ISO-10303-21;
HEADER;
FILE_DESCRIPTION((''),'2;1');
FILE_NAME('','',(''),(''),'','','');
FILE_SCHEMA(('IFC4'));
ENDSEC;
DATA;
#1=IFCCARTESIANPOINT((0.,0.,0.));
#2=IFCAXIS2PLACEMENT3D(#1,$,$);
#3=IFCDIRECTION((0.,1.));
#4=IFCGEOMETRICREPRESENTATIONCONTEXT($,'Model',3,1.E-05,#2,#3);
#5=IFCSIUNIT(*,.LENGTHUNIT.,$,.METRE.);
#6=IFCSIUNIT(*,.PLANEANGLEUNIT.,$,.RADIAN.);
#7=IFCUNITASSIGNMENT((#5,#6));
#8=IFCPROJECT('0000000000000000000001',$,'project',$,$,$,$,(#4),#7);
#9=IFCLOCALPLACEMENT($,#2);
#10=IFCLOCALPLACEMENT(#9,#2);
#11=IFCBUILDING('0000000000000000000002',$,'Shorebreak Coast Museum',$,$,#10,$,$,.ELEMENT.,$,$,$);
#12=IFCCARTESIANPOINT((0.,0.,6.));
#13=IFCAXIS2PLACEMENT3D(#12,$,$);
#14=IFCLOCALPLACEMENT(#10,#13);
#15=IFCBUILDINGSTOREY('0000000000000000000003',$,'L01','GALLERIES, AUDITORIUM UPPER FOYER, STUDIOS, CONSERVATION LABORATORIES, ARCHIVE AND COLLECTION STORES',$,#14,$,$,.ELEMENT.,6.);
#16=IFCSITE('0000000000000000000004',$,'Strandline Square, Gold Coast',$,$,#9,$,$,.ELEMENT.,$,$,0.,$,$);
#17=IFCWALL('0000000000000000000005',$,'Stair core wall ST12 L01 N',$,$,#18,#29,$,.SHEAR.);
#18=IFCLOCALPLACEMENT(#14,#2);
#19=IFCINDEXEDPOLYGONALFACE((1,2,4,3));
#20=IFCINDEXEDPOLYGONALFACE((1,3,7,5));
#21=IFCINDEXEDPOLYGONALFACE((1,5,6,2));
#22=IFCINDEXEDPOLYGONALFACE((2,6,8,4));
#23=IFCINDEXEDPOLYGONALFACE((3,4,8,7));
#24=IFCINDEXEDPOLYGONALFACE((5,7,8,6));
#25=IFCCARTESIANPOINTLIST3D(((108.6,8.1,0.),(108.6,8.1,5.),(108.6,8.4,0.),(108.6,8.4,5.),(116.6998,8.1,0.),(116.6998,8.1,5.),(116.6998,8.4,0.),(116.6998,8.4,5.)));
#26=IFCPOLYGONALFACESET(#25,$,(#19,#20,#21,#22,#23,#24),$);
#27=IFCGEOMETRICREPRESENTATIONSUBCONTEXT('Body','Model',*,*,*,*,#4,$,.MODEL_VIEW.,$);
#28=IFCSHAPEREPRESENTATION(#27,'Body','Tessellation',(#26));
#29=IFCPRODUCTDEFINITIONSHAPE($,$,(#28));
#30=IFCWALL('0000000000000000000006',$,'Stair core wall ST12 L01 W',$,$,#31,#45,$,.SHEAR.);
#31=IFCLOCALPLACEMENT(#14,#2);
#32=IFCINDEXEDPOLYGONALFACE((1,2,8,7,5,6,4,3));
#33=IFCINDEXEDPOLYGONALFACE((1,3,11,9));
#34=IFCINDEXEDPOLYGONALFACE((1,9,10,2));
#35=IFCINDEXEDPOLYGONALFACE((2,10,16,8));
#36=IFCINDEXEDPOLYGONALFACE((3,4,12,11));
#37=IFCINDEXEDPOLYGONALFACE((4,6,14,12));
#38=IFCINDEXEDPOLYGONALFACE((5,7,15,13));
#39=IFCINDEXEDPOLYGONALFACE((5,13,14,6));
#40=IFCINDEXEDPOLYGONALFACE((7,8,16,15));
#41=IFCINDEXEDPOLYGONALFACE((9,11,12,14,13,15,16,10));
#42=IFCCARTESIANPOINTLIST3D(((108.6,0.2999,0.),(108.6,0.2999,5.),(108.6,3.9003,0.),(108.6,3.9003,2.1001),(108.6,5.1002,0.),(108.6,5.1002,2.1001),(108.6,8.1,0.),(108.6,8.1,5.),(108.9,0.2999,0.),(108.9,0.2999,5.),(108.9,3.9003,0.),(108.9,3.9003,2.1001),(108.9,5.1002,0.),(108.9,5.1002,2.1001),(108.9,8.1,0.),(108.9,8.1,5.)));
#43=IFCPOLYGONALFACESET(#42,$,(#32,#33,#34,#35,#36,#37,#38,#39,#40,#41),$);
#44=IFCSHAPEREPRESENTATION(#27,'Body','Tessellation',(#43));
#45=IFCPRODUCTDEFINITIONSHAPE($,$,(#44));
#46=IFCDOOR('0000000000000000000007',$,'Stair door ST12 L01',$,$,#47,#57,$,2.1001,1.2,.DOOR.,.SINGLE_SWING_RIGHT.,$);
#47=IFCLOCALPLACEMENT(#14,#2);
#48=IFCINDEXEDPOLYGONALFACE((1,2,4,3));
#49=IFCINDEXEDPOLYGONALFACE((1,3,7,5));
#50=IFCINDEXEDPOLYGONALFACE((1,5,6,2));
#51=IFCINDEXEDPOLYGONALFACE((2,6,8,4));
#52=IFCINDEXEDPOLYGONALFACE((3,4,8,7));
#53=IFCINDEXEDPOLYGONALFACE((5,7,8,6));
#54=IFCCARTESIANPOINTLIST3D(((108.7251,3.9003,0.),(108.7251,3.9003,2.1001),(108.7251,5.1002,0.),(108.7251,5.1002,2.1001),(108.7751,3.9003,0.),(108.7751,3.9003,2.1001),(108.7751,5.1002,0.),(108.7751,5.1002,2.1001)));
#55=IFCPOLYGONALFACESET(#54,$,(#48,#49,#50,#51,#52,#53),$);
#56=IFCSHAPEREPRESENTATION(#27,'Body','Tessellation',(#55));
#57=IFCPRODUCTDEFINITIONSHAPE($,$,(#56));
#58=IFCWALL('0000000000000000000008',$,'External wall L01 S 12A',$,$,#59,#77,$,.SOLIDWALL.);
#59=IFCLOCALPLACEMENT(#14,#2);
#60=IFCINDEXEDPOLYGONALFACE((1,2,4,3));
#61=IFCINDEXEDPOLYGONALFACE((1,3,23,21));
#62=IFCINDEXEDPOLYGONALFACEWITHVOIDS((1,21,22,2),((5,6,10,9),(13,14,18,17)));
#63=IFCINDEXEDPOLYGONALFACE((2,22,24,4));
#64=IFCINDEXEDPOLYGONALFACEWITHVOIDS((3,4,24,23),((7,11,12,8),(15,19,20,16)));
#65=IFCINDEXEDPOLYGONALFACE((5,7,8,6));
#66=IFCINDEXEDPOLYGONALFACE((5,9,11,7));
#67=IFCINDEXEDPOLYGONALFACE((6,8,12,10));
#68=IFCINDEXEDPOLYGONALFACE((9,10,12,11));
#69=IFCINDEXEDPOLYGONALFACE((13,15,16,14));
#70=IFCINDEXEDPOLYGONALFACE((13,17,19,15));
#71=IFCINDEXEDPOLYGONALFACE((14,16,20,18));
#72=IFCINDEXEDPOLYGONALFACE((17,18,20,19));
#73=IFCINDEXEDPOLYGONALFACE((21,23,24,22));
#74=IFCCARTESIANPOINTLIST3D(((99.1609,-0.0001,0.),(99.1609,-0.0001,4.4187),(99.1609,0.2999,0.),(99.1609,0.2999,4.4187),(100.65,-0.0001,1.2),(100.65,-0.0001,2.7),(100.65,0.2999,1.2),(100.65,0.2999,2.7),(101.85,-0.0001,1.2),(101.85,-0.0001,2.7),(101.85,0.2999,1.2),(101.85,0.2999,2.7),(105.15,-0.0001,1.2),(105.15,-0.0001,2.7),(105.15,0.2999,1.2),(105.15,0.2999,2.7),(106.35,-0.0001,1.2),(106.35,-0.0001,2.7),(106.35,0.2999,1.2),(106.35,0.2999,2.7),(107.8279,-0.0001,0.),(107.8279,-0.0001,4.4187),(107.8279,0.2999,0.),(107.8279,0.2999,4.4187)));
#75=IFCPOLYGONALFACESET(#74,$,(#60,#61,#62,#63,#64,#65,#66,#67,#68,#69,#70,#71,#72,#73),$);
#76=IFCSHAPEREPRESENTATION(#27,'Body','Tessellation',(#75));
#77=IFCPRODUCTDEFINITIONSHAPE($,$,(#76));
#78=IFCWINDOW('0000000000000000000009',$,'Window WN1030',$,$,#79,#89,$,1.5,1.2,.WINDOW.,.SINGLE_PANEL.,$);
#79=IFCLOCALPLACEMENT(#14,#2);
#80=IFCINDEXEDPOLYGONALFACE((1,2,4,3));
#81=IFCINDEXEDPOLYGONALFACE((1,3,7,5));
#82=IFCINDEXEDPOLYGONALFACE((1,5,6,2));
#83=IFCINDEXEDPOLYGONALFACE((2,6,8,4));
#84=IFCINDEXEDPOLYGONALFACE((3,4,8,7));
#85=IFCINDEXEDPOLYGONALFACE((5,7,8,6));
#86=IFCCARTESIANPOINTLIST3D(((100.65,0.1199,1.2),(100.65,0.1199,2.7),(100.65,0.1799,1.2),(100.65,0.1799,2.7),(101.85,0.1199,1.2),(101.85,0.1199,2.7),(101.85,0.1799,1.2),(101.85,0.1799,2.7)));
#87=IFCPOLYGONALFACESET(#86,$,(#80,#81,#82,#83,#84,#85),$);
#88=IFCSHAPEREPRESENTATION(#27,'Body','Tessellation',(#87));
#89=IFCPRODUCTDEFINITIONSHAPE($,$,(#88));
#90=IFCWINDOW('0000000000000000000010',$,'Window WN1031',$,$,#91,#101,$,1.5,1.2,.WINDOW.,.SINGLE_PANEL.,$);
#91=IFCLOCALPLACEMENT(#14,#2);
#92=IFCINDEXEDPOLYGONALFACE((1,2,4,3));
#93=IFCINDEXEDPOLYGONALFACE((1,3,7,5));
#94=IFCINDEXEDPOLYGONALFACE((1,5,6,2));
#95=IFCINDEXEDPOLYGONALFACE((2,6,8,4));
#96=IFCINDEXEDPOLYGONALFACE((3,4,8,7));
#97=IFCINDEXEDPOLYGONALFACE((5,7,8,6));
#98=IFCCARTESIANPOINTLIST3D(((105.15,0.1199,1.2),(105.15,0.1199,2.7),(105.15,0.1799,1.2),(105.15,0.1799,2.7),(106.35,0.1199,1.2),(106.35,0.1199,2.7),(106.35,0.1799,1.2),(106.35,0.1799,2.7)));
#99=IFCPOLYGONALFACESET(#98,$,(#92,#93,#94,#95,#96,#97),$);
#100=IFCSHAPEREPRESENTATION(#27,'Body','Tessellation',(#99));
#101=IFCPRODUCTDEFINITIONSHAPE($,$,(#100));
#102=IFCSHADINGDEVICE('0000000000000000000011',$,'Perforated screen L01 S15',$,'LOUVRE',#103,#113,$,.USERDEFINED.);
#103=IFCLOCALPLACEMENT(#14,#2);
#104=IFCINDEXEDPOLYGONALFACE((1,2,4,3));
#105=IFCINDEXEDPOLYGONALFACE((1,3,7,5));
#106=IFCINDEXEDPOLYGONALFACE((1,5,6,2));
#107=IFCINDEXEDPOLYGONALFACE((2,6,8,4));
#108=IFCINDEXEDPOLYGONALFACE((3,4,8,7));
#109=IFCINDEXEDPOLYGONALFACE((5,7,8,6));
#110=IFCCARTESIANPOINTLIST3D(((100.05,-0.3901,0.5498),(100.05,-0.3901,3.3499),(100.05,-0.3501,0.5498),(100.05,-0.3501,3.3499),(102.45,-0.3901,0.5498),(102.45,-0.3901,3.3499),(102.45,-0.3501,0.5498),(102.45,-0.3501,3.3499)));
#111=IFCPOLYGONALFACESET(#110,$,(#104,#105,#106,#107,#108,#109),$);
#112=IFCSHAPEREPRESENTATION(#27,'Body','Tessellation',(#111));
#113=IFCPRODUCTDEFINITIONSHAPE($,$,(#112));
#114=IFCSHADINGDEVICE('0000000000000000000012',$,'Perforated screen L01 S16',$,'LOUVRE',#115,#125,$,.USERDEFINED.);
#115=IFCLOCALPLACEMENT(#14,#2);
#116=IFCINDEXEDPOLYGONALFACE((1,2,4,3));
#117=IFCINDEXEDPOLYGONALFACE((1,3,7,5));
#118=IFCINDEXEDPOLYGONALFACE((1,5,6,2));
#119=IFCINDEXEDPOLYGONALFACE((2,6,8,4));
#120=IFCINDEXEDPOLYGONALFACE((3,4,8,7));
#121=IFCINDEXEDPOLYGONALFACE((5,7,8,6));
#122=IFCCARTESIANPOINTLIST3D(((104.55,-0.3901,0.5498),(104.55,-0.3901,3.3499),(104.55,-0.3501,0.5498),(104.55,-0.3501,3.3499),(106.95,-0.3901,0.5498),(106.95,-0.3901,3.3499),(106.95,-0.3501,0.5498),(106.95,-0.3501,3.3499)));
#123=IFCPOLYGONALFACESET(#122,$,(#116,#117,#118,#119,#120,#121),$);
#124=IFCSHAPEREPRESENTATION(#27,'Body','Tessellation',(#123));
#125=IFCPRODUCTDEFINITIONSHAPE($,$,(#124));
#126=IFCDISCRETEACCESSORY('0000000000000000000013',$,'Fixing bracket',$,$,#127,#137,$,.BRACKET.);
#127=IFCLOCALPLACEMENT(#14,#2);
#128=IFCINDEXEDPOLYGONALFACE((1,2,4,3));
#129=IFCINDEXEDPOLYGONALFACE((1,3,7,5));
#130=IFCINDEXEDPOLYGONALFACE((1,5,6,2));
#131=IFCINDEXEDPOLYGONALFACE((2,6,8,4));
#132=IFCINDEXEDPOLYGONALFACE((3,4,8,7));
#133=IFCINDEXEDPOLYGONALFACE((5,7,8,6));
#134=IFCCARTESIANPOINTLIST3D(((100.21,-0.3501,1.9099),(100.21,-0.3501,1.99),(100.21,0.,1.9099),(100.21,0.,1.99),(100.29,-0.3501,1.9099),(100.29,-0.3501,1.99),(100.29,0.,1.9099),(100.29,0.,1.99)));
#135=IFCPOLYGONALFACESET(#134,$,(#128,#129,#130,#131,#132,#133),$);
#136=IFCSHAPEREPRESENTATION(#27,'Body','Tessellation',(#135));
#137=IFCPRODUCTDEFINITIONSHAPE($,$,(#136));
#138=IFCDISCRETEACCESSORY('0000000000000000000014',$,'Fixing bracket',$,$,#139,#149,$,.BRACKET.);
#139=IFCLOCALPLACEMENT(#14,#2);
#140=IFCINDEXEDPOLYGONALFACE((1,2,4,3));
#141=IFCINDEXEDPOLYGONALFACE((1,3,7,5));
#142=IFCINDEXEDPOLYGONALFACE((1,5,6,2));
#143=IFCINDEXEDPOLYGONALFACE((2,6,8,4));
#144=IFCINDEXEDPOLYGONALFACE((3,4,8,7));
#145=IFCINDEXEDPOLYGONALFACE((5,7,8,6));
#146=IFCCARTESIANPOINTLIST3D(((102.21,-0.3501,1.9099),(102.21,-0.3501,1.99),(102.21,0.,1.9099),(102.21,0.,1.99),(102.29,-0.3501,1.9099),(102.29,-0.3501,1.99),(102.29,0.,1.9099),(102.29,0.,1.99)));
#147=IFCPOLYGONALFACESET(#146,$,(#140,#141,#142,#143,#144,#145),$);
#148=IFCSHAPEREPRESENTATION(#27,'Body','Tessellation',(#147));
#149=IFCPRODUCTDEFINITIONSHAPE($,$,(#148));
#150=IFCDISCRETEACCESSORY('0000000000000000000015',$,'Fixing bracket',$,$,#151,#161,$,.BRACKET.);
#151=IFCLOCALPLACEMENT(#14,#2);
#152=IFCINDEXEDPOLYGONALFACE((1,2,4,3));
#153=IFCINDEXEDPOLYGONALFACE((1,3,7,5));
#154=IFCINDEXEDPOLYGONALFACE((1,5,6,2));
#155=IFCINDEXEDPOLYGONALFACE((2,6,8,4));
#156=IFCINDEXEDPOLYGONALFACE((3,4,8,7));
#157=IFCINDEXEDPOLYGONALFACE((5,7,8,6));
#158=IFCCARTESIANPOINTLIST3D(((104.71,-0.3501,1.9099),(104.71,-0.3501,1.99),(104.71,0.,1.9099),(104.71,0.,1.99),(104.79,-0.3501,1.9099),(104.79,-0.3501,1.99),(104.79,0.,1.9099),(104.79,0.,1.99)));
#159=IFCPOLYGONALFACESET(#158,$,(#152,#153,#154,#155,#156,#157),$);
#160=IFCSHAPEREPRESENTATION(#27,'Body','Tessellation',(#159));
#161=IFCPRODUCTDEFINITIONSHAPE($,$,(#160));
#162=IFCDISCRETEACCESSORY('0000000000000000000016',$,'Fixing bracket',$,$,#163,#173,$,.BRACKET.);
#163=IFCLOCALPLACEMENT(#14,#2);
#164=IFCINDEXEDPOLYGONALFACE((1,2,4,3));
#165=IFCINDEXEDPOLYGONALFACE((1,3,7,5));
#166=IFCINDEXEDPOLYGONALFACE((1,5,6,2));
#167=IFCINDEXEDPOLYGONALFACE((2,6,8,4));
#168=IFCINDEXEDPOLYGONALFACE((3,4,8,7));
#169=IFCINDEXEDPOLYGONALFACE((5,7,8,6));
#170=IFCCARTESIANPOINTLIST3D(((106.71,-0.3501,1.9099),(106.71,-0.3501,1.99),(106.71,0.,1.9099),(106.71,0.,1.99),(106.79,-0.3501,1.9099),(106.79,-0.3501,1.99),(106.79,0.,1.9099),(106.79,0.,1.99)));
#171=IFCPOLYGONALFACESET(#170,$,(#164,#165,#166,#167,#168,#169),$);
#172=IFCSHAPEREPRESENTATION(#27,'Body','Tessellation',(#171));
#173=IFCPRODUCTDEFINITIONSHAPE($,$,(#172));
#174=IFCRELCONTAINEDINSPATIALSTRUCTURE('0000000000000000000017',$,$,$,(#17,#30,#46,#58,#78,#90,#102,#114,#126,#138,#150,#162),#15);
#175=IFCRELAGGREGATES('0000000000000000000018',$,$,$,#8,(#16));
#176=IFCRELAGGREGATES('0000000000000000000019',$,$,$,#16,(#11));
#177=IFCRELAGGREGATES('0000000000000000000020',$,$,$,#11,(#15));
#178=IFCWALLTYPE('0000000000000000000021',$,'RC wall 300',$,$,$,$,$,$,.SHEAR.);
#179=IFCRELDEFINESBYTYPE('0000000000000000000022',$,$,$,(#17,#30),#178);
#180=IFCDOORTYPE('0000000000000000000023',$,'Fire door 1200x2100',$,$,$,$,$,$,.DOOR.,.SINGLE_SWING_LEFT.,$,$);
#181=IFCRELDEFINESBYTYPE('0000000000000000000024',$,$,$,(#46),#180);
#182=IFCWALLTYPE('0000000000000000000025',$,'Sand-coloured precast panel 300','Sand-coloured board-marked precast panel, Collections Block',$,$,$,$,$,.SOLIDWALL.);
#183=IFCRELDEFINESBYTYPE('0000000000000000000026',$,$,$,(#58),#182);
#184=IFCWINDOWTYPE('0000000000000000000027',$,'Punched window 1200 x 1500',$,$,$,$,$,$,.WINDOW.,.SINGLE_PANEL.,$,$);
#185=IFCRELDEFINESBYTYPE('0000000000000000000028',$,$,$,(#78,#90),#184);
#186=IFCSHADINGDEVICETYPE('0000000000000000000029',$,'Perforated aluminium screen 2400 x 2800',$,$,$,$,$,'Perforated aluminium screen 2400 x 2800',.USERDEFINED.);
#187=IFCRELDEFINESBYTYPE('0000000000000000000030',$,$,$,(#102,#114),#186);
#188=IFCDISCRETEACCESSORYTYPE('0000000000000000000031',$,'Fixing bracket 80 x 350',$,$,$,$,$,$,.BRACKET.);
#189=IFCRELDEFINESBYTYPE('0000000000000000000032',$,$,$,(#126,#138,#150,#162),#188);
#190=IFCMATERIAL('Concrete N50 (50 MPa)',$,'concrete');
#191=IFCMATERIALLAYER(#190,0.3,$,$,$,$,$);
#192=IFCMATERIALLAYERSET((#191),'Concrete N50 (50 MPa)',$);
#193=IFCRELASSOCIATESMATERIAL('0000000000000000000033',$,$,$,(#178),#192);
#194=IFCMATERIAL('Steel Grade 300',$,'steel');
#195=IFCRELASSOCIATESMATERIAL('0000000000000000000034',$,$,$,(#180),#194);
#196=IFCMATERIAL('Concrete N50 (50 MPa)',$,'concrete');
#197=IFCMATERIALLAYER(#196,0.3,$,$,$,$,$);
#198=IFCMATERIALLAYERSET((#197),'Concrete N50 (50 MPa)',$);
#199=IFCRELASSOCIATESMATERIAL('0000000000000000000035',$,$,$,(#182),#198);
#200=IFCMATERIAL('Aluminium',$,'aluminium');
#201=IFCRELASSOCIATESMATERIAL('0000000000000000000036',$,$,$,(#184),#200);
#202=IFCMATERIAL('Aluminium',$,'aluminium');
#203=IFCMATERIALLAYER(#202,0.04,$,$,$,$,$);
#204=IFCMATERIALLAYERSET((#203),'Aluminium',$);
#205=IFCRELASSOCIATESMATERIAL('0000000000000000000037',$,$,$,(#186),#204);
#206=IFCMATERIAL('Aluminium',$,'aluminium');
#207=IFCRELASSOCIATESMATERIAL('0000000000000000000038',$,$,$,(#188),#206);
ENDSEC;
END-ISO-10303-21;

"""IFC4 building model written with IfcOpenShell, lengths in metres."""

from ifc_helpers import new_model, si_unit, direction, frame, frame_2d, origin, origin_2d, place, context, subcontext, project, spatial, rectangle, extrude, material, layer, layer_set, type_object, element, fill, save


model = new_model("IFC4")

# Units and contexts
model_context = context("Model", 3, precision=1e-05, world=origin(), true_north=direction((0.0, 1.0)))
body_context = subcontext(model_context, "Body", "Model", "MODEL_VIEW")
ifc_project = project(units=[si_unit("LENGTHUNIT", "METRE"), si_unit("PLANEANGLEUNIT", "RADIAN")], contexts=[model_context])

# Site, building, storey
site_placement = place(None, origin())
site = spatial("IfcSite", under=ifc_project, at=site_placement, Name="Strandline Square, Gold Coast", CompositionType="ELEMENT", RefElevation=0.0)
building_placement = place(site_placement, origin())
building = spatial("IfcBuilding", under=site, at=building_placement, Name="Shorebreak Coast Museum", CompositionType="ELEMENT")
storey_placement = place(building_placement, frame((0.0, 0.0, 6.0)))
storey = spatial("IfcBuildingStorey", under=building, at=storey_placement, Name="L01", Description="GALLERIES, AUDITORIUM UPPER FOYER, STUDIOS, CONSERVATION LABORATORIES, ARCHIVE AND COLLECTION STORES", CompositionType="ELEMENT", Elevation=6.0)

# Wall
ifc_material_1 = material(Name="Concrete N50 (50 MPa)", Category="concrete")
ifc_layer_1 = layer(ifc_material_1, 0.3)
ifc_layer_set_1 = layer_set([ifc_layer_1], Name="Concrete N50 (50 MPa)")
wall_type_1 = type_object("IfcWallType", Name="RC wall 300", PredefinedType="SHEAR", material=ifc_layer_set_1)
wall_1_placement = place(storey_placement, frame((108.6001, 8.25, 0.0), z_axis=(0.0, 0.0, 1.0), x_axis=(1.0, 0.0, 0.0)))
element("IfcWall", 1, at=wall_1_placement, inside=storey, type_object=wall_type_1, Name="Stair core wall ST12 L01 N", PredefinedType="SHEAR", context=body_context, shape_type="SweptSolid", body=[
    extrude(rectangle(XDim=8.0999, YDim=0.3, at=frame_2d((4.0498, 0.0))), origin(), (0.0, 0.0, 1.0), 5.0),
])

# Wall, opening, door
wall_2_placement = place(storey_placement, frame((108.75, 0.3, 0.0), z_axis=(0.0, 0.0, 1.0), x_axis=(0.0, 1.0, 0.0)))
wall_2 = element("IfcWall", 2, at=wall_2_placement, inside=storey, type_object=wall_type_1, Name="Stair core wall ST12 L01 W", PredefinedType="SHEAR", context=body_context, shape_type="SweptSolid", body=[
    extrude(rectangle(XDim=7.8, YDim=0.3, at=frame_2d((3.8999, 0.0))), origin(), (0.0, 0.0, 1.0), 5.0),
])
opening_1_placement = place(wall_2_placement, frame((3.6001, 0.0, 0.0)))
opening_1 = element("IfcOpeningElement", 3, at=opening_1_placement, cuts=wall_2, PredefinedType="OPENING", context=body_context, shape_type="SweptSolid", body=[
    extrude(rectangle(XDim=1.2, YDim=2.1001, at=frame_2d((0.6001, 1.05))), frame((0.0, 0.1599, 0.0), z_axis=(0.0, -1.0, 0.0), x_axis=(1.0, 0.0, 0.0)), (0.0, 0.0, 1.0), 0.3201),
])
ifc_material_2 = material(Name="Steel Grade 300", Category="steel")
door_type = type_object("IfcDoorType", Name="Fire door 1200x2100", OperationType="SINGLE_SWING_LEFT", PredefinedType="DOOR", material=ifc_material_2)
door_placement = place(opening_1_placement, origin())
door = element("IfcDoor", 4, at=door_placement, inside=storey, type_object=door_type, Name="Stair door ST12 L01", OperationType="SINGLE_SWING_RIGHT", OverallHeight=2.1001, OverallWidth=1.2, PredefinedType="DOOR", context=body_context, shape_type="SweptSolid", body=[
    extrude(rectangle(XDim=1.2, YDim=2.1001, at=frame_2d((0.6001, 1.05))), frame((0.0, 0.0249, 0.0), z_axis=(0.0, -1.0, 0.0), x_axis=(1.0, 0.0, 0.0)), (0.0, 0.0, 1.0), 0.05),
])
fill(opening_1, door)

# Wall, openings, windows
ifc_material_3 = material(Name="Concrete N50 (50 MPa)", Category="concrete")
ifc_layer_2 = layer(ifc_material_3, 0.3)
ifc_layer_set_2 = layer_set([ifc_layer_2], Name="Concrete N50 (50 MPa)")
wall_type_2 = type_object("IfcWallType", Name="Sand-coloured precast panel 300", Description="Sand-coloured board-marked precast panel, Collections Block", PredefinedType="SOLIDWALL", material=ifc_layer_set_2)
wall_3_placement = place(storey_placement, frame((99.1609, 0.1499, 0.0), z_axis=(0.0, 0.0, 1.0), x_axis=(1.0, 0.0, 0.0)))
wall_3 = element("IfcWall", 5, at=wall_3_placement, inside=storey, type_object=wall_type_2, Name="External wall L01 S 12A", PredefinedType="SOLIDWALL", context=body_context, shape_type="SweptSolid", body=[
    extrude(rectangle(XDim=8.667, YDim=0.3, at=frame_2d((4.3335, 0.0))), origin(), (0.0, 0.0, 1.0), 4.4187),
])
opening_2_placement = place(wall_3_placement, frame((1.489, 0.0, 1.2)))
opening_2 = element("IfcOpeningElement", 6, at=opening_2_placement, cuts=wall_3, PredefinedType="OPENING", context=body_context, shape_type="SweptSolid", body=[
    extrude(rectangle(XDim=1.2, YDim=1.5, at=frame_2d((0.6001, 0.75))), frame((0.0, 0.1599, 0.0), z_axis=(0.0, -1.0, 0.0), x_axis=(1.0, 0.0, 0.0)), (0.0, 0.0, 1.0), 0.3201),
])
opening_3_placement = place(wall_3_placement, frame((5.989, 0.0, 1.2)))
opening_3 = element("IfcOpeningElement", 7, at=opening_3_placement, cuts=wall_3, PredefinedType="OPENING", context=body_context, shape_type="SweptSolid", body=[
    extrude(rectangle(XDim=1.2, YDim=1.5, at=frame_2d((0.6001, 0.75))), frame((0.0, 0.1599, 0.0), z_axis=(0.0, -1.0, 0.0), x_axis=(1.0, 0.0, 0.0)), (0.0, 0.0, 1.0), 0.3201),
])
ifc_material_4 = material(Name="Aluminium", Category="aluminium")
window_type = type_object("IfcWindowType", Name="Punched window 1200 x 1500", PartitioningType="SINGLE_PANEL", PredefinedType="WINDOW", material=ifc_material_4)
window_1_placement = place(opening_2_placement, origin())
window_1 = element("IfcWindow", 8, at=window_1_placement, inside=storey, type_object=window_type, Name="Window WN1030", OverallHeight=1.5, OverallWidth=1.2, PartitioningType="SINGLE_PANEL", PredefinedType="WINDOW", context=body_context, shape_type="SweptSolid", body=[
    extrude(rectangle(XDim=1.2, YDim=1.5, at=frame_2d((0.6001, 0.75))), frame((0.0, 0.03, 0.0), z_axis=(0.0, -1.0, 0.0), x_axis=(1.0, 0.0, 0.0)), (0.0, 0.0, 1.0), 0.0601),
])
fill(opening_2, window_1)
window_2_placement = place(opening_3_placement, origin())
window_2 = element("IfcWindow", 9, at=window_2_placement, inside=storey, type_object=window_type, Name="Window WN1031", OverallHeight=1.5, OverallWidth=1.2, PartitioningType="SINGLE_PANEL", PredefinedType="WINDOW", context=body_context, shape_type="SweptSolid", body=[
    extrude(rectangle(XDim=1.2, YDim=1.5, at=frame_2d((0.6001, 0.75))), frame((0.0, 0.03, 0.0), z_axis=(0.0, -1.0, 0.0), x_axis=(1.0, 0.0, 0.0)), (0.0, 0.0, 1.0), 0.0601),
])
fill(opening_3, window_2)

# Shading devices
ifc_material_5 = material(Name="Aluminium", Category="aluminium")
ifc_layer_3 = layer(ifc_material_5, 0.04)
ifc_layer_set_3 = layer_set([ifc_layer_3], Name="Aluminium")
shading_device_type = type_object("IfcShadingDeviceType", Name="Perforated aluminium screen 2400 x 2800", ElementType="Perforated aluminium screen 2400 x 2800", PredefinedType="USERDEFINED", material=ifc_layer_set_3)
for number, where, z_axis, x_axis, name in (
    (10, (101.25, -0.3701, 0.5498), (0.0, 0.0, 1.0), (1.0, 0.0, 0.0), "Perforated screen L01 S15"),
    (11, (105.75, -0.3701, 0.5498), (0.0, 0.0, 1.0), (1.0, 0.0, 0.0), "Perforated screen L01 S16"),
):
    element("IfcShadingDevice", number, at=place(storey_placement, frame(where, z_axis=z_axis, x_axis=x_axis)), inside=storey, type_object=shading_device_type, Name=name, ObjectType="LOUVRE", PredefinedType="USERDEFINED", context=body_context, shape_type="SweptSolid", body=[
        extrude(rectangle(XDim=2.3999, YDim=0.04, at=origin_2d()), origin(), (0.0, 0.0, 1.0), 2.8),
    ])

# Discrete accessories
ifc_material_6 = material(Name="Aluminium", Category="aluminium")
discrete_accessory_type = type_object("IfcDiscreteAccessoryType", Name="Fixing bracket 80 x 350", PredefinedType="BRACKET", material=ifc_material_6)
for number, where, z_axis, x_axis, name in (
    (12, (100.25, -0.175, 1.9099), (0.0, 0.0, 1.0), (1.0, 0.0, 0.0), "Fixing bracket"),
    (13, (102.25, -0.175, 1.9099), (0.0, 0.0, 1.0), (1.0, 0.0, 0.0), "Fixing bracket"),
    (14, (104.75, -0.175, 1.9099), (0.0, 0.0, 1.0), (1.0, 0.0, 0.0), "Fixing bracket"),
    (15, (106.75, -0.175, 1.9099), (0.0, 0.0, 1.0), (1.0, 0.0, 0.0), "Fixing bracket"),
):
    element("IfcDiscreteAccessory", number, at=place(storey_placement, frame(where, z_axis=z_axis, x_axis=x_axis)), inside=storey, type_object=discrete_accessory_type, Name=name, PredefinedType="BRACKET", context=body_context, shape_type="SweptSolid", body=[
        extrude(rectangle(XDim=0.0801, YDim=0.3501, at=origin_2d()), origin(), (0.0, 0.0, 1.0), 0.0801),
    ])

save(model, "model.ifc")
